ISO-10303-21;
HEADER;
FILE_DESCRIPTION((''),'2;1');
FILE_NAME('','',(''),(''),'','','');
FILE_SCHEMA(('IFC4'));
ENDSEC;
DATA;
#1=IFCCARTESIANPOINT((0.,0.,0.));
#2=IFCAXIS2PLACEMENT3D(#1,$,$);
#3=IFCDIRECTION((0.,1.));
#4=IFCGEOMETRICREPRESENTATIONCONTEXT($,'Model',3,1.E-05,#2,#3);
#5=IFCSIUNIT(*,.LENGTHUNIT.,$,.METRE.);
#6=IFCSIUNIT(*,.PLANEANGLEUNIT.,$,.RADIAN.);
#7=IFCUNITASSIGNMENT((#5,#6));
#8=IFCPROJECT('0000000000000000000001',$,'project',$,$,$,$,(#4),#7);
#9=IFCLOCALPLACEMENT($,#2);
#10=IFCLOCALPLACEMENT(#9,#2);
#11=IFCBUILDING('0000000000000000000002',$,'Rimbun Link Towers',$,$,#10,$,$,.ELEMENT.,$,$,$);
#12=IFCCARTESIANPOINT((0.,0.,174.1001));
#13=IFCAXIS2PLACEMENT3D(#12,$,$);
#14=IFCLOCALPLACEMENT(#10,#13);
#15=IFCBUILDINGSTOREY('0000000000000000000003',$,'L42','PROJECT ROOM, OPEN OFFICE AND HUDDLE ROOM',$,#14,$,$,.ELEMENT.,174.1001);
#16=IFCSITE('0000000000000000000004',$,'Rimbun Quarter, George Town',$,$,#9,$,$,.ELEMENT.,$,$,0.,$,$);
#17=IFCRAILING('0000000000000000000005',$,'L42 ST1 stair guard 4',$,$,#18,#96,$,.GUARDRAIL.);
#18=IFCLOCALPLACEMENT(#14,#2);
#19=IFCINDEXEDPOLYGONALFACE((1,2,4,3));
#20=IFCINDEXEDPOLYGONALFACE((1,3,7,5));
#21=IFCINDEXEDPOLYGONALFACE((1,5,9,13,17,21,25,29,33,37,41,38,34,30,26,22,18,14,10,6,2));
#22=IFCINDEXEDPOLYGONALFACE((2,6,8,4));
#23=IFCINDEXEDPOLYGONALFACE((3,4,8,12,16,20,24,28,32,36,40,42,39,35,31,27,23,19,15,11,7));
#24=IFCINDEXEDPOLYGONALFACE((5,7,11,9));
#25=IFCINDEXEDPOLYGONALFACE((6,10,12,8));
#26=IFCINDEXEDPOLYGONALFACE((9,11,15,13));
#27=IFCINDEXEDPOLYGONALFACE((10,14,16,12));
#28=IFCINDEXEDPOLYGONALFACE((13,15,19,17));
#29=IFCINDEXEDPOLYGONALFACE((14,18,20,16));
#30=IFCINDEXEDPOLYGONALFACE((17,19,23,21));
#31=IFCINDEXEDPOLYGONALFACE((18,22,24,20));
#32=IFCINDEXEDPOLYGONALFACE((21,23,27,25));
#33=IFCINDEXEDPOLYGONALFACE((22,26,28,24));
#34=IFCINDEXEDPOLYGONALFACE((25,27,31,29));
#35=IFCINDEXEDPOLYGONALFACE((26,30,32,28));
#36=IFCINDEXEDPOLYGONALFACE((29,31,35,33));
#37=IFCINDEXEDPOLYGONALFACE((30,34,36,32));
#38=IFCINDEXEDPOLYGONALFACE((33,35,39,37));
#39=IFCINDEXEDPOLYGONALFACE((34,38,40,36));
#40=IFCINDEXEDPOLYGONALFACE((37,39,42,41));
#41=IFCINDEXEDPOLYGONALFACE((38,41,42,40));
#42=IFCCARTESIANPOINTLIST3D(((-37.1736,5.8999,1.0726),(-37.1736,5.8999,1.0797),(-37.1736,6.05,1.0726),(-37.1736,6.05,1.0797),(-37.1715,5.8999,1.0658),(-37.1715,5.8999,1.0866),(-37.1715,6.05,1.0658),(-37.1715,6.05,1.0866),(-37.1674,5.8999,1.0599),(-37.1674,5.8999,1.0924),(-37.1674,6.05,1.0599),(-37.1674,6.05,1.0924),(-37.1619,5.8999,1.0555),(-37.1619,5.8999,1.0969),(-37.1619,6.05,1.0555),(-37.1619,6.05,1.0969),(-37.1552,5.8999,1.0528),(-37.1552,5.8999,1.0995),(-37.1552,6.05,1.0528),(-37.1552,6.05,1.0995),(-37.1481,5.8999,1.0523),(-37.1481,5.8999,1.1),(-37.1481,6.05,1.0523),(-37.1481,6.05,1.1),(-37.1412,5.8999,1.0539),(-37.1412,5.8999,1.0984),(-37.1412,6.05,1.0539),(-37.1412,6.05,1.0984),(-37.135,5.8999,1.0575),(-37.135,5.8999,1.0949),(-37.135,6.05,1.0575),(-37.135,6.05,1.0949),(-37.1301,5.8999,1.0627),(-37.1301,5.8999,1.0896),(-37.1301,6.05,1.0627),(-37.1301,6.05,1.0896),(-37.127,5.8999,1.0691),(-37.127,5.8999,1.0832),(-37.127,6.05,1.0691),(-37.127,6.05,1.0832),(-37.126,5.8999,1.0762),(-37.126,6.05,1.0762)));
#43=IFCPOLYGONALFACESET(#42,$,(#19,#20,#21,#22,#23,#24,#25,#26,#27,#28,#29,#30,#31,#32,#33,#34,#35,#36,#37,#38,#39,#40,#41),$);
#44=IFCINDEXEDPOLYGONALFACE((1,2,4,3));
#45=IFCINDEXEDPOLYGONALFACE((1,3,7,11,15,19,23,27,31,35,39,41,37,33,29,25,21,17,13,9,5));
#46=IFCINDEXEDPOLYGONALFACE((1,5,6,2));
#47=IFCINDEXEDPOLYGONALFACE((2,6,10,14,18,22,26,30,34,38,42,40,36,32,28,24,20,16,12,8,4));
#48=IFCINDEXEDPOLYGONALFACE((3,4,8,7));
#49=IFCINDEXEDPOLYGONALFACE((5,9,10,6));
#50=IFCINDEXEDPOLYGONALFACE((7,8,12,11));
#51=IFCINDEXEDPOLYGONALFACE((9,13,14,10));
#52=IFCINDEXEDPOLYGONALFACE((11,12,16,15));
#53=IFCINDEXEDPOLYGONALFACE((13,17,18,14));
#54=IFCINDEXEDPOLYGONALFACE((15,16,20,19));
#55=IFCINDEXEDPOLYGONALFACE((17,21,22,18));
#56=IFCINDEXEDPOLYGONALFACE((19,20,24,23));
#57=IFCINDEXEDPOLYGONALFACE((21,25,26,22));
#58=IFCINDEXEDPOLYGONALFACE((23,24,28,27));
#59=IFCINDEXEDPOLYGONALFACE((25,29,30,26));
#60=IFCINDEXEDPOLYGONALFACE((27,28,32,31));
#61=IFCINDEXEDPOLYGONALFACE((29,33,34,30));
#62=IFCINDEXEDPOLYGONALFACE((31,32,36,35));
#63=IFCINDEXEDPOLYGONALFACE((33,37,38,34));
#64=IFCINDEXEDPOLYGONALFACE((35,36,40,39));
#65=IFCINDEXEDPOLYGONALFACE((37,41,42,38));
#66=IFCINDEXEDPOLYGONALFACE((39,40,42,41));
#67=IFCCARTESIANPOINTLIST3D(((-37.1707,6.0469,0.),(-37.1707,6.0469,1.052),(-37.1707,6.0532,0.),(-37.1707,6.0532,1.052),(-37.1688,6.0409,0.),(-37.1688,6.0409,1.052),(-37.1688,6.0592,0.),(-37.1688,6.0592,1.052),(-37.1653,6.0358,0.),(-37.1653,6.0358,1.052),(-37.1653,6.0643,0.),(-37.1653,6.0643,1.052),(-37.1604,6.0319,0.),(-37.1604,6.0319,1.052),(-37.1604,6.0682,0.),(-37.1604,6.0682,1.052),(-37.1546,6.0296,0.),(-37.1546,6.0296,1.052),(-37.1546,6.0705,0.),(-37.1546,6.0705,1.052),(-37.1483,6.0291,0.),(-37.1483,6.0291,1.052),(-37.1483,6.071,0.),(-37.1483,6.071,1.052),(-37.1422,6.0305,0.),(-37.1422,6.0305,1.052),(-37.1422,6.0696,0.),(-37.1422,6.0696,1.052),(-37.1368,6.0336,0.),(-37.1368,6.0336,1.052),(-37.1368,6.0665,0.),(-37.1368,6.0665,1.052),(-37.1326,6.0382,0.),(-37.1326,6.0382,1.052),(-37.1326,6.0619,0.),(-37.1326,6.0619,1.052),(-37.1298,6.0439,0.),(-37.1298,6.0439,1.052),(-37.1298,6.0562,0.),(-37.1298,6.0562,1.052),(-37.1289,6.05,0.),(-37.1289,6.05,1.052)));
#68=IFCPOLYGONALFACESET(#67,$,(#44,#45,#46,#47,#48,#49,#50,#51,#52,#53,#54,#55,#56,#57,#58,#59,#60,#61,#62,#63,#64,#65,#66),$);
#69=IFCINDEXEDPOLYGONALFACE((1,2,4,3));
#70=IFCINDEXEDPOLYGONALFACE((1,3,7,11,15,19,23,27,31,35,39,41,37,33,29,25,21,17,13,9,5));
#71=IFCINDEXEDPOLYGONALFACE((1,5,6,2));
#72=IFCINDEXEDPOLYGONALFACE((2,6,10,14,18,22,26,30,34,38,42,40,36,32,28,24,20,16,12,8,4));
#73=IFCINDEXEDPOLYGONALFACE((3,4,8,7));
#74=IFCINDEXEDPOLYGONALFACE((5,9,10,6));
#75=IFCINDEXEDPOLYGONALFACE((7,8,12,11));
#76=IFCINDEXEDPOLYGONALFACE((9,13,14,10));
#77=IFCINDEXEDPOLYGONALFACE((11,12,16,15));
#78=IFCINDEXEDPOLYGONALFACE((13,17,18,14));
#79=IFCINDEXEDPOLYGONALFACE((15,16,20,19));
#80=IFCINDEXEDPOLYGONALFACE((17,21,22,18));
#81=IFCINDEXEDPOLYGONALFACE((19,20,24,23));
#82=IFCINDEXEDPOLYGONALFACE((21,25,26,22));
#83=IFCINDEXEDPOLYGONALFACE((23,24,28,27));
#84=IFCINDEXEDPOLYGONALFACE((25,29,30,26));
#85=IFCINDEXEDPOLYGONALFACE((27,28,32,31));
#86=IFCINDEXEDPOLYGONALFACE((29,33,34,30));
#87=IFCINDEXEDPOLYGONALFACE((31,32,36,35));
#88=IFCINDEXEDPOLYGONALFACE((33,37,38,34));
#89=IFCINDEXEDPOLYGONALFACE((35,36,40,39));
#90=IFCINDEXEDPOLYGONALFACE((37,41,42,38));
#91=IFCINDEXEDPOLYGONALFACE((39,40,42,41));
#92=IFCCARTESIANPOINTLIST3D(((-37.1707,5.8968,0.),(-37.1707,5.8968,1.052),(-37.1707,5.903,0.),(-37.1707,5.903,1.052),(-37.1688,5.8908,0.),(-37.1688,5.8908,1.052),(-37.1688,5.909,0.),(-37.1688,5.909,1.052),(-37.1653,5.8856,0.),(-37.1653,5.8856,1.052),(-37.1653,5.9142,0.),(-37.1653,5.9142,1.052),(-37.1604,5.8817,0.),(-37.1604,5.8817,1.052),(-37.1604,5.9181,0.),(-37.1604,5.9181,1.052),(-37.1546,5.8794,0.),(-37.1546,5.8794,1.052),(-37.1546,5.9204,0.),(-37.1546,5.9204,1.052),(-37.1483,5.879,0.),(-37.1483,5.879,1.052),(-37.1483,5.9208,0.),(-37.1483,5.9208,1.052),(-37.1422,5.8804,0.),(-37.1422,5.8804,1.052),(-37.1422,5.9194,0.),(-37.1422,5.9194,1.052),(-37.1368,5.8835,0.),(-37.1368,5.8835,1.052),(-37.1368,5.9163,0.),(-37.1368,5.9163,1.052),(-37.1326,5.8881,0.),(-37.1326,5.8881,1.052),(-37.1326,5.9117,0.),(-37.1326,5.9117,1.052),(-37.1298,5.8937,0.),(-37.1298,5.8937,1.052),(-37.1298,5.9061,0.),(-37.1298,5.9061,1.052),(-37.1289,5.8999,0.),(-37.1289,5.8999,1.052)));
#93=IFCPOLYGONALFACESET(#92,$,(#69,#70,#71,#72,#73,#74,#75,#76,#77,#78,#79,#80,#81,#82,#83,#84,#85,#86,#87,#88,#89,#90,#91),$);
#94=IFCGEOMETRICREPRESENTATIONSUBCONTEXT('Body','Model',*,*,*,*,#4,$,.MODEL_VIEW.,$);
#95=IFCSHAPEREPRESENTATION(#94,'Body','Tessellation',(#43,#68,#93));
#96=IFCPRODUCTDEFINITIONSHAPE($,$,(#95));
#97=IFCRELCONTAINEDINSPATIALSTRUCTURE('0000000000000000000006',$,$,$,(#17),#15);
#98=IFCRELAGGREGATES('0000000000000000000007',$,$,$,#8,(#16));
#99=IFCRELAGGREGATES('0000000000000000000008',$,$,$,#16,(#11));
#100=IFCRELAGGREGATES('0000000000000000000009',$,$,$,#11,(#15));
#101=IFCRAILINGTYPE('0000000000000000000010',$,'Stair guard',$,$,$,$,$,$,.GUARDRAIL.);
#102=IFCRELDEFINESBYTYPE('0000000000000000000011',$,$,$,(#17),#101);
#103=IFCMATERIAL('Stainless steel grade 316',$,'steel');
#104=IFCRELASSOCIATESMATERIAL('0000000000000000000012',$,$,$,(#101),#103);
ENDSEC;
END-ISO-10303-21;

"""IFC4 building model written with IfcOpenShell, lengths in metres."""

from ifc_helpers import new_model, si_unit, direction, frame, origin, origin_2d, place, context, subcontext, project, spatial, circle, extrude, material, type_object, element, save


model = new_model("IFC4")

# Units and contexts
model_context = context("Model", 3, precision=1e-05, world=origin(), true_north=direction((0.0, 1.0)))
body_context = subcontext(model_context, "Body", "Model", "MODEL_VIEW")
ifc_project = project(units=[si_unit("LENGTHUNIT", "METRE"), si_unit("PLANEANGLEUNIT", "RADIAN")], contexts=[model_context])

# Site, building, storey
site_placement = place(None, origin())
site = spatial("IfcSite", under=ifc_project, at=site_placement, Name="Rimbun Quarter, George Town", CompositionType="ELEMENT", RefElevation=0.0)
building_placement = place(site_placement, origin())
building = spatial("IfcBuilding", under=site, at=building_placement, Name="Rimbun Link Towers", CompositionType="ELEMENT")
storey_placement = place(building_placement, frame((0.0, 0.0, 174.1001)))
storey = spatial("IfcBuildingStorey", under=building, at=storey_placement, Name="L42", Description="PROJECT ROOM, OPEN OFFICE AND HUDDLE ROOM", CompositionType="ELEMENT", Elevation=174.1001)

# Railing
ifc_material_1 = material(Name="Stainless steel grade 316", Category="steel")
railing_type_1 = type_object("IfcRailingType", Name="Stair guard", PredefinedType="GUARDRAIL", material=ifc_material_1)
railing_1_placement = place(storey_placement, frame((-37.1499, 6.05, 0.0)))
element("IfcRailing", 1, at=railing_1_placement, inside=storey, type_object=railing_type_1, Name="L42 ST1 stair guard 4", PredefinedType="GUARDRAIL", context=body_context, shape_type="SweptSolid", body=[
    extrude(circle(Radius=0.0239, at=origin_2d()), frame((0.0, 0.0, 1.0762), z_axis=(0.0, -1.0, 0.0), x_axis=(1.0, 0.0, 0.0)), (0.0, 0.0, 1.0), 0.1501),
    extrude(circle(Radius=0.021, at=origin_2d()), origin(), (0.0, 0.0, 1.0), 1.052),
    extrude(circle(Radius=0.021, at=origin_2d()), frame((0.0, -0.1501, 0.0)), (0.0, 0.0, 1.0), 1.052),
])

save(model, "model.ifc")
